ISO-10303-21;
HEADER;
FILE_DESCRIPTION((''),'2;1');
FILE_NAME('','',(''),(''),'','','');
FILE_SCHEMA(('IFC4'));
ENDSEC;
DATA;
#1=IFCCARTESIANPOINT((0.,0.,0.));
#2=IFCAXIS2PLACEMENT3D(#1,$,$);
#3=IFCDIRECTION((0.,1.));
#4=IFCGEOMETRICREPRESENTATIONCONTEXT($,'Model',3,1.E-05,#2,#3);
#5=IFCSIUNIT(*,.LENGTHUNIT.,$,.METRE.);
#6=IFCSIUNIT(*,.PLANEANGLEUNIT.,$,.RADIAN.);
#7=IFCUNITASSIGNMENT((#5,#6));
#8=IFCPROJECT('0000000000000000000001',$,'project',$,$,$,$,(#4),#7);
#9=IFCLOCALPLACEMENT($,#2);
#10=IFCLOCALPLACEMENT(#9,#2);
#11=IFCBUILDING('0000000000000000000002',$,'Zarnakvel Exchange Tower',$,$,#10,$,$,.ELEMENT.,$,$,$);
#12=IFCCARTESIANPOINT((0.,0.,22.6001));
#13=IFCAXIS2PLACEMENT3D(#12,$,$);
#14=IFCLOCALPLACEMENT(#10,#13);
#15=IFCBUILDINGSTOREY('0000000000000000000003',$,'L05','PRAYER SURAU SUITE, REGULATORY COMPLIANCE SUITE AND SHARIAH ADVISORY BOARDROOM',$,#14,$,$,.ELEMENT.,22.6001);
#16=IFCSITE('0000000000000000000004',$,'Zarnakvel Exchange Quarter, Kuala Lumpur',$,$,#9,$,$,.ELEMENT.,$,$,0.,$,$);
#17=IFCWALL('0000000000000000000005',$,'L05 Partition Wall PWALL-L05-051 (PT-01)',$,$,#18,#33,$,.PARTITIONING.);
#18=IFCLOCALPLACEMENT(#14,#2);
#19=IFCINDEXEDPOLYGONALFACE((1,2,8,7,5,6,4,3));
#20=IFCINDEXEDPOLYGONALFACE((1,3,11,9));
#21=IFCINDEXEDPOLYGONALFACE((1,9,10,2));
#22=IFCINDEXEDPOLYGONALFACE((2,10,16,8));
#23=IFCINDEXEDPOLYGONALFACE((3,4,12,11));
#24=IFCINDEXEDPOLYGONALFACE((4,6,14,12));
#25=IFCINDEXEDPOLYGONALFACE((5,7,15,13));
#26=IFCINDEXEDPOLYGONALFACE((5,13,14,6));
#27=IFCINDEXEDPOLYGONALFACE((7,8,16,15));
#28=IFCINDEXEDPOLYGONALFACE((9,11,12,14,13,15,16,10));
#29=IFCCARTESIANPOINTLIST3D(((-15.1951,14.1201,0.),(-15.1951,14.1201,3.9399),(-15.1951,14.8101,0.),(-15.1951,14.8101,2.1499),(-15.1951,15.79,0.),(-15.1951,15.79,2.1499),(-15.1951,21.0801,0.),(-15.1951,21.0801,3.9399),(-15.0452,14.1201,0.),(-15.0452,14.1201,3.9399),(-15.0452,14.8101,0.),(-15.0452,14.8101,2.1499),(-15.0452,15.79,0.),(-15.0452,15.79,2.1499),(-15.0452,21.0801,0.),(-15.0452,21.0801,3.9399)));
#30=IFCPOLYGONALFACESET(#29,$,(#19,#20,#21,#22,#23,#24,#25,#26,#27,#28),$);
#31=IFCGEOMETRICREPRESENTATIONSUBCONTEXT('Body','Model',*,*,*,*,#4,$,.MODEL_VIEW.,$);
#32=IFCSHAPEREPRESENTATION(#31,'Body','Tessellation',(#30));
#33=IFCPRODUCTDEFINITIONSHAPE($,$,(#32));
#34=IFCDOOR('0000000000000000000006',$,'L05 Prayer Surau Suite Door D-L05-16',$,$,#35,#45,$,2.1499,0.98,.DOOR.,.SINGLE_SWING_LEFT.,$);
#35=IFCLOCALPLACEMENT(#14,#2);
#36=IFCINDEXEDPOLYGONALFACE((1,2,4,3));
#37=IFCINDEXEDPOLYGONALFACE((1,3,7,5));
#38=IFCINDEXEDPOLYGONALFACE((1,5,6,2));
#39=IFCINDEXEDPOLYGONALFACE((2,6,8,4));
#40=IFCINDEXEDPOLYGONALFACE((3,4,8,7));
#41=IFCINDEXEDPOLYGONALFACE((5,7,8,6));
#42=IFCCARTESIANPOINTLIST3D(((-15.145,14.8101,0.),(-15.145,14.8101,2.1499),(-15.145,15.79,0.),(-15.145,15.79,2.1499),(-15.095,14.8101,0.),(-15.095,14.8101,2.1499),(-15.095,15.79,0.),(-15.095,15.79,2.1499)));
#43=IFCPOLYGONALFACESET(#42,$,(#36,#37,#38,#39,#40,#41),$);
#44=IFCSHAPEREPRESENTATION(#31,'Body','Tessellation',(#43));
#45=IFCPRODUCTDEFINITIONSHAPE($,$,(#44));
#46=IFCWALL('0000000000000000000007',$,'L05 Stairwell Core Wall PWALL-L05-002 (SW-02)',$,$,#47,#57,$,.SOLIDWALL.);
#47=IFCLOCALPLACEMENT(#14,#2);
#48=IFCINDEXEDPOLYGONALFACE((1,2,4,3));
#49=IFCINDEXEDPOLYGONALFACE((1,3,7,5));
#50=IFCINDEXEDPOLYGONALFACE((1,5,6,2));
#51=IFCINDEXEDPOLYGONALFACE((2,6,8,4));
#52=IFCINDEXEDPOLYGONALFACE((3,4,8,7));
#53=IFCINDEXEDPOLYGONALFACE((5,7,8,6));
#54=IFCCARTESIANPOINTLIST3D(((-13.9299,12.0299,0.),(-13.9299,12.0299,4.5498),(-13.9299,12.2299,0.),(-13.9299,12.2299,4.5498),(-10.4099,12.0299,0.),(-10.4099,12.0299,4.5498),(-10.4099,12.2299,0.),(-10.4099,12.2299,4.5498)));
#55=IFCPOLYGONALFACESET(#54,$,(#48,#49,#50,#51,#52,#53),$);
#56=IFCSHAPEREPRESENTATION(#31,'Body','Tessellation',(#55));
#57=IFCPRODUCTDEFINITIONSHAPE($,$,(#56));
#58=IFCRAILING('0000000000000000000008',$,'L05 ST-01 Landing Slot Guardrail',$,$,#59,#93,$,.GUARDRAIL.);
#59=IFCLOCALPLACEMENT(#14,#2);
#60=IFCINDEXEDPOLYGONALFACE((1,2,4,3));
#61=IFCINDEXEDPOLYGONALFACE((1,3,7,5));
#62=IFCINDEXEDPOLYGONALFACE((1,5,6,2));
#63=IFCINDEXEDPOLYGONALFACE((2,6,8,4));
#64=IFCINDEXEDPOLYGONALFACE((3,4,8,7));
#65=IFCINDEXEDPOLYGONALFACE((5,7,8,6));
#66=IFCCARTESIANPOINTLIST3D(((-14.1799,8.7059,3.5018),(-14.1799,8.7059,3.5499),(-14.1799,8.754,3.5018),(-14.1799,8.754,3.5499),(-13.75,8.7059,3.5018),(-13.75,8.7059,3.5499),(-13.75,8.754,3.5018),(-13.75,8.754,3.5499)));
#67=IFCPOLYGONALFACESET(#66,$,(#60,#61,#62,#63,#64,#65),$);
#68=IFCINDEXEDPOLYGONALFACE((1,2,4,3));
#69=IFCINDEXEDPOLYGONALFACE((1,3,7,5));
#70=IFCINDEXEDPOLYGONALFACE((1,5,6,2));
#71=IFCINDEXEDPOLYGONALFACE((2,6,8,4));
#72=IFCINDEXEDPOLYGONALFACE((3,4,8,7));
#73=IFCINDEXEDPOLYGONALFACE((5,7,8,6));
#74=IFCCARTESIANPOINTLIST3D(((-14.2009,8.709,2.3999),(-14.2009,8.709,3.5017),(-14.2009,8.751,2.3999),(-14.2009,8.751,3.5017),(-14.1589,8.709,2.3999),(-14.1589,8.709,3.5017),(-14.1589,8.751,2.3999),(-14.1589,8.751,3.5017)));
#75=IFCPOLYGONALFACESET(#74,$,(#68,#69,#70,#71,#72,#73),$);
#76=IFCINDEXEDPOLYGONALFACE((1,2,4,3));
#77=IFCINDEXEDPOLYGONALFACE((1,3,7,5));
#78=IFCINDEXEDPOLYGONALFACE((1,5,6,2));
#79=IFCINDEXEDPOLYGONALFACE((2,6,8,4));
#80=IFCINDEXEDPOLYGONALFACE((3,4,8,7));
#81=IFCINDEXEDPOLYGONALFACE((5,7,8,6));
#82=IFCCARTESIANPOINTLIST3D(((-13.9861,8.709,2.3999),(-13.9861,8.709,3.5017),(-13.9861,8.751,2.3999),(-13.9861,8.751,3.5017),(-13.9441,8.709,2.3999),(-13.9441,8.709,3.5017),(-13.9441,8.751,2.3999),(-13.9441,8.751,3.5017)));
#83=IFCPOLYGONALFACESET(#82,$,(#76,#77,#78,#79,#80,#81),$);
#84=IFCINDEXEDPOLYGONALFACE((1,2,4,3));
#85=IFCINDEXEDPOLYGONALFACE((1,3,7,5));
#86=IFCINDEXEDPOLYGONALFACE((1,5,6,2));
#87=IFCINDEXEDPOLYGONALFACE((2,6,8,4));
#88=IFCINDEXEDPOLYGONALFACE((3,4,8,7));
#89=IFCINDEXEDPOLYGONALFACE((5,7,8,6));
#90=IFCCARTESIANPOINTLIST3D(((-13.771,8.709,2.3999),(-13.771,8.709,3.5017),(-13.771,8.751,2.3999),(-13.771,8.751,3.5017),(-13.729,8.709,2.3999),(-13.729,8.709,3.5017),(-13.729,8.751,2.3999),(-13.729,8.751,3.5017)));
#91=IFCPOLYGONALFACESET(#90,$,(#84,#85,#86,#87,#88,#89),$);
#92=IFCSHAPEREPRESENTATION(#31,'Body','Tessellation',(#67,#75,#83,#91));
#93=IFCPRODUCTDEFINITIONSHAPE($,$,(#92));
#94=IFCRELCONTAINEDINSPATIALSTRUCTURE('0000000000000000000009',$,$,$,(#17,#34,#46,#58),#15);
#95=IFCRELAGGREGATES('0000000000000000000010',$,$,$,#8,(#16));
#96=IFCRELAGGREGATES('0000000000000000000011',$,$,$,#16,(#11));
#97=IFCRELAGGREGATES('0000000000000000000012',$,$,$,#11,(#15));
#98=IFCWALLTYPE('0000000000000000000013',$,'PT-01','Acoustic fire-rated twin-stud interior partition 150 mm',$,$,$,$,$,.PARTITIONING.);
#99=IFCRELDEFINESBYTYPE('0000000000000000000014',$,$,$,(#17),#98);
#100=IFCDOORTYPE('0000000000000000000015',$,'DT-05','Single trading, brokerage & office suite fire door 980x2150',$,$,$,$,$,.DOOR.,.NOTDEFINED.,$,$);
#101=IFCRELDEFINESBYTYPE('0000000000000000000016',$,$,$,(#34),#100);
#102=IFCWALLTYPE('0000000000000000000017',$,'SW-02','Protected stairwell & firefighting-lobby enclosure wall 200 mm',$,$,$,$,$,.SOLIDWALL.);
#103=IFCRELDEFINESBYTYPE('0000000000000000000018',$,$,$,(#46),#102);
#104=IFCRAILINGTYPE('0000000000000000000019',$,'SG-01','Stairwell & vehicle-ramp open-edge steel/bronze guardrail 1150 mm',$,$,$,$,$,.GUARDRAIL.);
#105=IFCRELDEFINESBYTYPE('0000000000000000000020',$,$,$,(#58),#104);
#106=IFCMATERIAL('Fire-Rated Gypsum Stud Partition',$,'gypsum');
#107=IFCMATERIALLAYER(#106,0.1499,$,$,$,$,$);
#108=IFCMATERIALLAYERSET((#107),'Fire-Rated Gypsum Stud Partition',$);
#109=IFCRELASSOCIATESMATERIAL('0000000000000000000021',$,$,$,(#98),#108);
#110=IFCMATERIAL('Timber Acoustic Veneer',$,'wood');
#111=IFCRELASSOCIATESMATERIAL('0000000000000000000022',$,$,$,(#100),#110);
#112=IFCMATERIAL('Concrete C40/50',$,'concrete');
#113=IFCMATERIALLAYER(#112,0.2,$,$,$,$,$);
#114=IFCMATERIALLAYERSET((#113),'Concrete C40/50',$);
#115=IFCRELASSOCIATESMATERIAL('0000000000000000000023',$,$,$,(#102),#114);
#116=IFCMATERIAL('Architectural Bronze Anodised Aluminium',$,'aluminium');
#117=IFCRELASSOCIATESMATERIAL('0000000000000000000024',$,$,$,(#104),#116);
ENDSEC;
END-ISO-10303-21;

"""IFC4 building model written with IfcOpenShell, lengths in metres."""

from ifc_helpers import new_model, si_unit, direction, frame, frame_2d, origin, origin_2d, place, context, subcontext, project, spatial, rectangle, extrude, source, transform, mapped, material, layer, layer_set, type_object, element, fill, save


model = new_model("IFC4")

# Units and contexts
model_context = context("Model", 3, precision=1e-05, world=origin(), true_north=direction((0.0, 1.0)))
body_context = subcontext(model_context, "Body", "Model", "MODEL_VIEW")
ifc_project = project(units=[si_unit("LENGTHUNIT", "METRE"), si_unit("PLANEANGLEUNIT", "RADIAN")], contexts=[model_context])

# Site, building, storey
site_placement = place(None, origin())
site = spatial("IfcSite", under=ifc_project, at=site_placement, Name="Zarnakvel Exchange Quarter, Kuala Lumpur", CompositionType="ELEMENT", RefElevation=0.0)
building_placement = place(site_placement, origin())
building = spatial("IfcBuilding", under=site, at=building_placement, Name="Zarnakvel Exchange Tower", CompositionType="ELEMENT")
storey_placement = place(building_placement, frame((0.0, 0.0, 22.6001)))
storey = spatial("IfcBuildingStorey", under=building, at=storey_placement, Name="L05", Description="PRAYER SURAU SUITE, REGULATORY COMPLIANCE SUITE AND SHARIAH ADVISORY BOARDROOM", CompositionType="ELEMENT", Elevation=22.6001)

# Shared definitions
ifc_material_1 = material(Name="Architectural Bronze Anodised Aluminium", Category="aluminium")

# Shared definitions
ifc_material_2 = material(Name="Fire-Rated Gypsum Stud Partition", Category="gypsum")
ifc_layer_1 = layer(ifc_material_2, 0.1499)
ifc_layer_set_1 = layer_set([ifc_layer_1], Name="Fire-Rated Gypsum Stud Partition")
wall_type_1 = type_object("IfcWallType", Name="PT-01", Description="Acoustic fire-rated twin-stud interior partition 150 mm", PredefinedType="PARTITIONING", material=ifc_layer_set_1)
ifc_material_3 = material(Name="Timber Acoustic Veneer", Category="wood")
door_type = type_object("IfcDoorType", Name="DT-05", Description="Single trading, brokerage & office suite fire door 980x2150", OperationType="NOTDEFINED", PredefinedType="DOOR", material=ifc_material_3)
shared_shape_1 = source(origin(), body_context, "Body", "SweptSolid", [
    extrude(rectangle(XDim=0.98, YDim=2.1499, at=frame_2d((0.49, 1.075))), frame((0.0, 0.0249, 0.0), z_axis=(0.0, -1.0, 0.0), x_axis=(1.0, 0.0, 0.0)), (0.0, 0.0, 1.0), 0.05),
])

# Wall, opening, door
wall_1_placement = place(storey_placement, frame((-15.1201, 14.1201, 0.0), z_axis=(0.0, 0.0, 1.0), x_axis=(0.0, 1.0, 0.0)))
wall_1 = element("IfcWall", 1, at=wall_1_placement, inside=storey, type_object=wall_type_1, Name="L05 Partition Wall PWALL-L05-051 (PT-01)", PredefinedType="PARTITIONING", context=body_context, shape_type="SweptSolid", body=[
    extrude(rectangle(XDim=6.96, YDim=0.1499, at=frame_2d((3.48, 0.0))), origin(), (0.0, 0.0, 1.0), 3.9399),
])
opening_1_placement = place(wall_1_placement, frame((0.6899, 0.0, 0.0)))
opening_1 = element("IfcOpeningElement", 2, at=opening_1_placement, cuts=wall_1, PredefinedType="OPENING", context=body_context, shape_type="SweptSolid", body=[
    extrude(rectangle(XDim=0.98, YDim=2.1499, at=frame_2d((0.49, 1.075))), frame((0.0, 0.085, 0.0), z_axis=(0.0, -1.0, 0.0), x_axis=(1.0, 0.0, 0.0)), (0.0, 0.0, 1.0), 0.1699),
])
door_1_placement = place(opening_1_placement, origin())
door_1 = element("IfcDoor", 3, at=door_1_placement, inside=storey, type_object=door_type, Name="L05 Prayer Surau Suite Door D-L05-16", OperationType="SINGLE_SWING_LEFT", OverallHeight=2.1499, OverallWidth=0.98, PredefinedType="DOOR", context=body_context, shape_type="MappedRepresentation", body=[
    mapped(shared_shape_1, transform((0.0, 0.0, 0.0), x_axis=(1.0, 0.0, 0.0), y_axis=(0.0, 1.0, 0.0), z_axis=(0.0, 0.0, 1.0), scale=1.0)),
])
fill(opening_1, door_1)

# Wall
ifc_material_4 = material(Name="Concrete C40/50", Category="concrete")
ifc_layer_2 = layer(ifc_material_4, 0.2)
ifc_layer_set_2 = layer_set([ifc_layer_2], Name="Concrete C40/50")
wall_type_2 = type_object("IfcWallType", Name="SW-02", Description="Protected stairwell & firefighting-lobby enclosure wall 200 mm", PredefinedType="SOLIDWALL", material=ifc_layer_set_2)
wall_2_placement = place(storey_placement, frame((-13.9299, 12.1299, 0.0), z_axis=(0.0, 0.0, 1.0), x_axis=(1.0, 0.0, 0.0)))
element("IfcWall", 4, at=wall_2_placement, inside=storey, type_object=wall_type_2, Name="L05 Stairwell Core Wall PWALL-L05-002 (SW-02)", PredefinedType="SOLIDWALL", context=body_context, shape_type="SweptSolid", body=[
    extrude(rectangle(XDim=3.52, YDim=0.2, at=frame_2d((1.76, 0.0))), origin(), (0.0, 0.0, 1.0), 4.5498),
])

# Railing
railing_type = type_object("IfcRailingType", Name="SG-01", Description="Stairwell & vehicle-ramp open-edge steel/bronze guardrail 1150 mm", PredefinedType="GUARDRAIL", material=ifc_material_1)
railing_placement = place(storey_placement, frame((-14.1799, 8.73, 2.3999)))
element("IfcRailing", 5, at=railing_placement, inside=storey, type_object=railing_type, Name="L05 ST-01 Landing Slot Guardrail", PredefinedType="GUARDRAIL", context=body_context, shape_type="SweptSolid", body=[
    extrude(rectangle(XDim=0.0481, YDim=0.0481, at=origin_2d()), frame((0.0, 0.0, 1.126), z_axis=(1.0, 0.0, 0.0), x_axis=(0.0, 1.0, 0.0)), (0.0, 0.0, 1.0), 0.4299),
    extrude(rectangle(XDim=0.042, YDim=0.042, at=origin_2d()), origin(), (0.0, 0.0, 1.0), 1.1018),
    extrude(rectangle(XDim=0.042, YDim=0.042, at=origin_2d()), frame((0.2148, 0.0, 0.0)), (0.0, 0.0, 1.0), 1.1018),
    extrude(rectangle(XDim=0.042, YDim=0.042, at=origin_2d()), frame((0.4299, 0.0, 0.0)), (0.0, 0.0, 1.0), 1.1018),
])

save(model, "model.ifc")
